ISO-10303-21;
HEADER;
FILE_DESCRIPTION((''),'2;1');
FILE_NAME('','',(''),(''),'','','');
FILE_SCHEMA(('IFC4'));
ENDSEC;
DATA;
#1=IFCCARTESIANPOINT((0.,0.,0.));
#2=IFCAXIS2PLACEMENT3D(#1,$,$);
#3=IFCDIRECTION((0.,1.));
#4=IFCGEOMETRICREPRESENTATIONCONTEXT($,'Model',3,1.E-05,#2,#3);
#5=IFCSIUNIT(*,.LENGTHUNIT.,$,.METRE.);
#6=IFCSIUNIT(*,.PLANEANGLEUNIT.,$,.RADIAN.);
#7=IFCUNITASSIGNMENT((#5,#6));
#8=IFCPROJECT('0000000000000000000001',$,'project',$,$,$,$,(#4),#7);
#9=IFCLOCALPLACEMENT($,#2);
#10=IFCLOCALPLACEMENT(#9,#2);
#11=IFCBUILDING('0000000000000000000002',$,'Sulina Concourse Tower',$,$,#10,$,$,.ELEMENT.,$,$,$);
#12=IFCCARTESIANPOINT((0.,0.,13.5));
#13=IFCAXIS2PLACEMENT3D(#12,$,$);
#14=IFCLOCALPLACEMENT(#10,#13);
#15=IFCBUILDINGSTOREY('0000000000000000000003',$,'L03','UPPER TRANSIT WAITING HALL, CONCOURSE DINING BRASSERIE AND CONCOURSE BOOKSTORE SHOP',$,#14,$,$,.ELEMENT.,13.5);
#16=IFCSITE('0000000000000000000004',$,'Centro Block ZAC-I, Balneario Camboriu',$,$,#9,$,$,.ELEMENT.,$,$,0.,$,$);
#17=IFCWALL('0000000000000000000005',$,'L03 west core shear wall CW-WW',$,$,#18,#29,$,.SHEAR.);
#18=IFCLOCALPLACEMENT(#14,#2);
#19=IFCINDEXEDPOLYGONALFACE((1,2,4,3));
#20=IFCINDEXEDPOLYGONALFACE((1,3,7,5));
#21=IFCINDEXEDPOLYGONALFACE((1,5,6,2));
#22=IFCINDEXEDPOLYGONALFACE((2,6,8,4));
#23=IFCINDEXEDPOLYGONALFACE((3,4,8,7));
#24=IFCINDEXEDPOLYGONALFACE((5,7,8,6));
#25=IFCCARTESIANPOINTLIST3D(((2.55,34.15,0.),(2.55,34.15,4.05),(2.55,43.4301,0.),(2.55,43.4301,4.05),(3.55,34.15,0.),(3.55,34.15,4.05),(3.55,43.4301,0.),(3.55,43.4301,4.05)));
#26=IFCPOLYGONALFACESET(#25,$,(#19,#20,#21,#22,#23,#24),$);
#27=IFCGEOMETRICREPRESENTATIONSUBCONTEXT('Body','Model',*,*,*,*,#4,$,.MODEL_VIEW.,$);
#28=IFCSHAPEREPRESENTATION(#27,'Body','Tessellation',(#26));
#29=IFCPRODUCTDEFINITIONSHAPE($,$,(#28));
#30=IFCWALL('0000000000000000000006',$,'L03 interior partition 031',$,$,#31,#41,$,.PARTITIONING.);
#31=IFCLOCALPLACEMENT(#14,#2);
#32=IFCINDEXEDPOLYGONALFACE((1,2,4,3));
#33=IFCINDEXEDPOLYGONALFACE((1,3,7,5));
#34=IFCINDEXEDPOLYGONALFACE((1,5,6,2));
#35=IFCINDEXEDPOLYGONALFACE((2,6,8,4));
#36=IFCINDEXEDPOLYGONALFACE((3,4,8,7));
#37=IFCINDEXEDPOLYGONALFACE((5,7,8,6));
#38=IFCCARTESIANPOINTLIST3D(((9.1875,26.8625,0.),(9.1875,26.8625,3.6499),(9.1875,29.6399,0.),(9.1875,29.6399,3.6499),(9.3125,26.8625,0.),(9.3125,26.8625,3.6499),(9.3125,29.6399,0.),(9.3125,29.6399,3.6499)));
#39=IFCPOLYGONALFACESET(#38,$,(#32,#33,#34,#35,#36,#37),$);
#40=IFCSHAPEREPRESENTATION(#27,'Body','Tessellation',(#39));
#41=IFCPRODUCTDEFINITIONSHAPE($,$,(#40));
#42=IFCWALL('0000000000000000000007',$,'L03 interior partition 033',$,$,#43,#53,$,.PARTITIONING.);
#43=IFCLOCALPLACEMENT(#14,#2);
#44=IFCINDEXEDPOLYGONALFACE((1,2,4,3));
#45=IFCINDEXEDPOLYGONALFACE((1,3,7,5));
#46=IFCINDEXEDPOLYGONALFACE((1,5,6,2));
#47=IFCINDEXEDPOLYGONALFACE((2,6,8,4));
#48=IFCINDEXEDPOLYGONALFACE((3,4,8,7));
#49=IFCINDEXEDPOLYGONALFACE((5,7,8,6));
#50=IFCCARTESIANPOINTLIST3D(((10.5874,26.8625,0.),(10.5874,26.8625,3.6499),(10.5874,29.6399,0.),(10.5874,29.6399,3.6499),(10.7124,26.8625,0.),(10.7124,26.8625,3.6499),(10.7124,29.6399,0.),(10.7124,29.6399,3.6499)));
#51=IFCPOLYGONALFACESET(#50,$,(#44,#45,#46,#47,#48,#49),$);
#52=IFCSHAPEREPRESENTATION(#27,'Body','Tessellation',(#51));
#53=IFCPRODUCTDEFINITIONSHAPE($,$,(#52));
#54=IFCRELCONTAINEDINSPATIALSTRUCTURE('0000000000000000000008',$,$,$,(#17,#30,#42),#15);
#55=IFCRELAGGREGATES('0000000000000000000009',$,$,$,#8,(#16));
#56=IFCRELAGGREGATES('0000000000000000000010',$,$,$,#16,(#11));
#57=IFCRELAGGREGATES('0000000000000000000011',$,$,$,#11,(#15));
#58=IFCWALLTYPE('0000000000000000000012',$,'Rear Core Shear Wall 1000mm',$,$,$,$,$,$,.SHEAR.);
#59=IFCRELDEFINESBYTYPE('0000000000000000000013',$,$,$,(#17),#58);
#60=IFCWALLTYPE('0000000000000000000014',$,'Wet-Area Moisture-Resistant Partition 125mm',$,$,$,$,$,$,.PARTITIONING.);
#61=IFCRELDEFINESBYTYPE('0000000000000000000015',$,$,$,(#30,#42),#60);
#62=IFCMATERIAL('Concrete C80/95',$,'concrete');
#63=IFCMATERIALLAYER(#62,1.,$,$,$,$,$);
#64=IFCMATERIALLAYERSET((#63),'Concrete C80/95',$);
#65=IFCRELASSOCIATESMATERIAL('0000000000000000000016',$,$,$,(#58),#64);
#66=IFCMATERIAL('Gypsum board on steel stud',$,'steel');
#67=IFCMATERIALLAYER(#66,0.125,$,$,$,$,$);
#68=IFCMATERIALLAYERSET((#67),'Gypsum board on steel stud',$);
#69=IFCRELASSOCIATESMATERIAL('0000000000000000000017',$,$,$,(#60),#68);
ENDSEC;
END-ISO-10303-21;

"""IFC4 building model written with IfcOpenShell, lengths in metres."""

from ifc_helpers import new_model, si_unit, direction, frame, frame_2d, origin, place, context, subcontext, project, spatial, rectangle, extrude, material, layer, layer_set, type_object, element, save


model = new_model("IFC4")

# Units and contexts
model_context = context("Model", 3, precision=1e-05, world=origin(), true_north=direction((0.0, 1.0)))
body_context = subcontext(model_context, "Body", "Model", "MODEL_VIEW")
ifc_project = project(units=[si_unit("LENGTHUNIT", "METRE"), si_unit("PLANEANGLEUNIT", "RADIAN")], contexts=[model_context])

# Site, building, storey
site_placement = place(None, origin())
site = spatial("IfcSite", under=ifc_project, at=site_placement, Name="Centro Block ZAC-I, Balneario Camboriu", CompositionType="ELEMENT", RefElevation=0.0)
building_placement = place(site_placement, origin())
building = spatial("IfcBuilding", under=site, at=building_placement, Name="Sulina Concourse Tower", CompositionType="ELEMENT")
storey_placement = place(building_placement, frame((0.0, 0.0, 13.5)))
storey = spatial("IfcBuildingStorey", under=building, at=storey_placement, Name="L03", Description="UPPER TRANSIT WAITING HALL, CONCOURSE DINING BRASSERIE AND CONCOURSE BOOKSTORE SHOP", CompositionType="ELEMENT", Elevation=13.5)

# Walls
ifc_material_1 = material(Name="Concrete C80/95", Category="concrete")
ifc_layer_1 = layer(ifc_material_1, 1.0)
ifc_layer_set_1 = layer_set([ifc_layer_1], Name="Concrete C80/95")
wall_type_1 = type_object("IfcWallType", Name="Rear Core Shear Wall 1000mm", PredefinedType="SHEAR", material=ifc_layer_set_1)
wall_1_placement = place(storey_placement, frame((3.05, 34.1499, 0.0), z_axis=(0.0, 0.0, 1.0), x_axis=(0.0, 1.0, 0.0)))
element("IfcWall", 1, at=wall_1_placement, inside=storey, type_object=wall_type_1, Name="L03 west core shear wall CW-WW", PredefinedType="SHEAR", context=body_context, shape_type="SweptSolid", body=[
    extrude(rectangle(XDim=9.28, YDim=1.0, at=frame_2d((4.6401, 0.0))), origin(), (0.0, 0.0, 1.0), 4.05),
])
ifc_material_2 = material(Name="Gypsum board on steel stud", Category="steel")
ifc_layer_2 = layer(ifc_material_2, 0.125)
ifc_layer_set_2 = layer_set([ifc_layer_2], Name="Gypsum board on steel stud")
wall_type_2 = type_object("IfcWallType", Name="Wet-Area Moisture-Resistant Partition 125mm", PredefinedType="PARTITIONING", material=ifc_layer_set_2)
for number, where, z_axis, x_axis, name in (
    (2, (9.25, 26.8625, 0.0), (0.0, 0.0, 1.0), (0.0, 1.0, 0.0), "L03 interior partition 031"),
    (3, (10.6499, 26.8625, 0.0), (0.0, 0.0, 1.0), (0.0, 1.0, 0.0), "L03 interior partition 033"),
):
    element("IfcWall", number, at=place(storey_placement, frame(where, z_axis=z_axis, x_axis=x_axis)), inside=storey, type_object=wall_type_2, Name=name, PredefinedType="PARTITIONING", context=body_context, shape_type="SweptSolid", body=[
        extrude(rectangle(XDim=2.7773, YDim=0.125, at=frame_2d((1.3887, 0.0))), origin(), (0.0, 0.0, 1.0), 3.6499),
    ])

save(model, "model.ifc")
